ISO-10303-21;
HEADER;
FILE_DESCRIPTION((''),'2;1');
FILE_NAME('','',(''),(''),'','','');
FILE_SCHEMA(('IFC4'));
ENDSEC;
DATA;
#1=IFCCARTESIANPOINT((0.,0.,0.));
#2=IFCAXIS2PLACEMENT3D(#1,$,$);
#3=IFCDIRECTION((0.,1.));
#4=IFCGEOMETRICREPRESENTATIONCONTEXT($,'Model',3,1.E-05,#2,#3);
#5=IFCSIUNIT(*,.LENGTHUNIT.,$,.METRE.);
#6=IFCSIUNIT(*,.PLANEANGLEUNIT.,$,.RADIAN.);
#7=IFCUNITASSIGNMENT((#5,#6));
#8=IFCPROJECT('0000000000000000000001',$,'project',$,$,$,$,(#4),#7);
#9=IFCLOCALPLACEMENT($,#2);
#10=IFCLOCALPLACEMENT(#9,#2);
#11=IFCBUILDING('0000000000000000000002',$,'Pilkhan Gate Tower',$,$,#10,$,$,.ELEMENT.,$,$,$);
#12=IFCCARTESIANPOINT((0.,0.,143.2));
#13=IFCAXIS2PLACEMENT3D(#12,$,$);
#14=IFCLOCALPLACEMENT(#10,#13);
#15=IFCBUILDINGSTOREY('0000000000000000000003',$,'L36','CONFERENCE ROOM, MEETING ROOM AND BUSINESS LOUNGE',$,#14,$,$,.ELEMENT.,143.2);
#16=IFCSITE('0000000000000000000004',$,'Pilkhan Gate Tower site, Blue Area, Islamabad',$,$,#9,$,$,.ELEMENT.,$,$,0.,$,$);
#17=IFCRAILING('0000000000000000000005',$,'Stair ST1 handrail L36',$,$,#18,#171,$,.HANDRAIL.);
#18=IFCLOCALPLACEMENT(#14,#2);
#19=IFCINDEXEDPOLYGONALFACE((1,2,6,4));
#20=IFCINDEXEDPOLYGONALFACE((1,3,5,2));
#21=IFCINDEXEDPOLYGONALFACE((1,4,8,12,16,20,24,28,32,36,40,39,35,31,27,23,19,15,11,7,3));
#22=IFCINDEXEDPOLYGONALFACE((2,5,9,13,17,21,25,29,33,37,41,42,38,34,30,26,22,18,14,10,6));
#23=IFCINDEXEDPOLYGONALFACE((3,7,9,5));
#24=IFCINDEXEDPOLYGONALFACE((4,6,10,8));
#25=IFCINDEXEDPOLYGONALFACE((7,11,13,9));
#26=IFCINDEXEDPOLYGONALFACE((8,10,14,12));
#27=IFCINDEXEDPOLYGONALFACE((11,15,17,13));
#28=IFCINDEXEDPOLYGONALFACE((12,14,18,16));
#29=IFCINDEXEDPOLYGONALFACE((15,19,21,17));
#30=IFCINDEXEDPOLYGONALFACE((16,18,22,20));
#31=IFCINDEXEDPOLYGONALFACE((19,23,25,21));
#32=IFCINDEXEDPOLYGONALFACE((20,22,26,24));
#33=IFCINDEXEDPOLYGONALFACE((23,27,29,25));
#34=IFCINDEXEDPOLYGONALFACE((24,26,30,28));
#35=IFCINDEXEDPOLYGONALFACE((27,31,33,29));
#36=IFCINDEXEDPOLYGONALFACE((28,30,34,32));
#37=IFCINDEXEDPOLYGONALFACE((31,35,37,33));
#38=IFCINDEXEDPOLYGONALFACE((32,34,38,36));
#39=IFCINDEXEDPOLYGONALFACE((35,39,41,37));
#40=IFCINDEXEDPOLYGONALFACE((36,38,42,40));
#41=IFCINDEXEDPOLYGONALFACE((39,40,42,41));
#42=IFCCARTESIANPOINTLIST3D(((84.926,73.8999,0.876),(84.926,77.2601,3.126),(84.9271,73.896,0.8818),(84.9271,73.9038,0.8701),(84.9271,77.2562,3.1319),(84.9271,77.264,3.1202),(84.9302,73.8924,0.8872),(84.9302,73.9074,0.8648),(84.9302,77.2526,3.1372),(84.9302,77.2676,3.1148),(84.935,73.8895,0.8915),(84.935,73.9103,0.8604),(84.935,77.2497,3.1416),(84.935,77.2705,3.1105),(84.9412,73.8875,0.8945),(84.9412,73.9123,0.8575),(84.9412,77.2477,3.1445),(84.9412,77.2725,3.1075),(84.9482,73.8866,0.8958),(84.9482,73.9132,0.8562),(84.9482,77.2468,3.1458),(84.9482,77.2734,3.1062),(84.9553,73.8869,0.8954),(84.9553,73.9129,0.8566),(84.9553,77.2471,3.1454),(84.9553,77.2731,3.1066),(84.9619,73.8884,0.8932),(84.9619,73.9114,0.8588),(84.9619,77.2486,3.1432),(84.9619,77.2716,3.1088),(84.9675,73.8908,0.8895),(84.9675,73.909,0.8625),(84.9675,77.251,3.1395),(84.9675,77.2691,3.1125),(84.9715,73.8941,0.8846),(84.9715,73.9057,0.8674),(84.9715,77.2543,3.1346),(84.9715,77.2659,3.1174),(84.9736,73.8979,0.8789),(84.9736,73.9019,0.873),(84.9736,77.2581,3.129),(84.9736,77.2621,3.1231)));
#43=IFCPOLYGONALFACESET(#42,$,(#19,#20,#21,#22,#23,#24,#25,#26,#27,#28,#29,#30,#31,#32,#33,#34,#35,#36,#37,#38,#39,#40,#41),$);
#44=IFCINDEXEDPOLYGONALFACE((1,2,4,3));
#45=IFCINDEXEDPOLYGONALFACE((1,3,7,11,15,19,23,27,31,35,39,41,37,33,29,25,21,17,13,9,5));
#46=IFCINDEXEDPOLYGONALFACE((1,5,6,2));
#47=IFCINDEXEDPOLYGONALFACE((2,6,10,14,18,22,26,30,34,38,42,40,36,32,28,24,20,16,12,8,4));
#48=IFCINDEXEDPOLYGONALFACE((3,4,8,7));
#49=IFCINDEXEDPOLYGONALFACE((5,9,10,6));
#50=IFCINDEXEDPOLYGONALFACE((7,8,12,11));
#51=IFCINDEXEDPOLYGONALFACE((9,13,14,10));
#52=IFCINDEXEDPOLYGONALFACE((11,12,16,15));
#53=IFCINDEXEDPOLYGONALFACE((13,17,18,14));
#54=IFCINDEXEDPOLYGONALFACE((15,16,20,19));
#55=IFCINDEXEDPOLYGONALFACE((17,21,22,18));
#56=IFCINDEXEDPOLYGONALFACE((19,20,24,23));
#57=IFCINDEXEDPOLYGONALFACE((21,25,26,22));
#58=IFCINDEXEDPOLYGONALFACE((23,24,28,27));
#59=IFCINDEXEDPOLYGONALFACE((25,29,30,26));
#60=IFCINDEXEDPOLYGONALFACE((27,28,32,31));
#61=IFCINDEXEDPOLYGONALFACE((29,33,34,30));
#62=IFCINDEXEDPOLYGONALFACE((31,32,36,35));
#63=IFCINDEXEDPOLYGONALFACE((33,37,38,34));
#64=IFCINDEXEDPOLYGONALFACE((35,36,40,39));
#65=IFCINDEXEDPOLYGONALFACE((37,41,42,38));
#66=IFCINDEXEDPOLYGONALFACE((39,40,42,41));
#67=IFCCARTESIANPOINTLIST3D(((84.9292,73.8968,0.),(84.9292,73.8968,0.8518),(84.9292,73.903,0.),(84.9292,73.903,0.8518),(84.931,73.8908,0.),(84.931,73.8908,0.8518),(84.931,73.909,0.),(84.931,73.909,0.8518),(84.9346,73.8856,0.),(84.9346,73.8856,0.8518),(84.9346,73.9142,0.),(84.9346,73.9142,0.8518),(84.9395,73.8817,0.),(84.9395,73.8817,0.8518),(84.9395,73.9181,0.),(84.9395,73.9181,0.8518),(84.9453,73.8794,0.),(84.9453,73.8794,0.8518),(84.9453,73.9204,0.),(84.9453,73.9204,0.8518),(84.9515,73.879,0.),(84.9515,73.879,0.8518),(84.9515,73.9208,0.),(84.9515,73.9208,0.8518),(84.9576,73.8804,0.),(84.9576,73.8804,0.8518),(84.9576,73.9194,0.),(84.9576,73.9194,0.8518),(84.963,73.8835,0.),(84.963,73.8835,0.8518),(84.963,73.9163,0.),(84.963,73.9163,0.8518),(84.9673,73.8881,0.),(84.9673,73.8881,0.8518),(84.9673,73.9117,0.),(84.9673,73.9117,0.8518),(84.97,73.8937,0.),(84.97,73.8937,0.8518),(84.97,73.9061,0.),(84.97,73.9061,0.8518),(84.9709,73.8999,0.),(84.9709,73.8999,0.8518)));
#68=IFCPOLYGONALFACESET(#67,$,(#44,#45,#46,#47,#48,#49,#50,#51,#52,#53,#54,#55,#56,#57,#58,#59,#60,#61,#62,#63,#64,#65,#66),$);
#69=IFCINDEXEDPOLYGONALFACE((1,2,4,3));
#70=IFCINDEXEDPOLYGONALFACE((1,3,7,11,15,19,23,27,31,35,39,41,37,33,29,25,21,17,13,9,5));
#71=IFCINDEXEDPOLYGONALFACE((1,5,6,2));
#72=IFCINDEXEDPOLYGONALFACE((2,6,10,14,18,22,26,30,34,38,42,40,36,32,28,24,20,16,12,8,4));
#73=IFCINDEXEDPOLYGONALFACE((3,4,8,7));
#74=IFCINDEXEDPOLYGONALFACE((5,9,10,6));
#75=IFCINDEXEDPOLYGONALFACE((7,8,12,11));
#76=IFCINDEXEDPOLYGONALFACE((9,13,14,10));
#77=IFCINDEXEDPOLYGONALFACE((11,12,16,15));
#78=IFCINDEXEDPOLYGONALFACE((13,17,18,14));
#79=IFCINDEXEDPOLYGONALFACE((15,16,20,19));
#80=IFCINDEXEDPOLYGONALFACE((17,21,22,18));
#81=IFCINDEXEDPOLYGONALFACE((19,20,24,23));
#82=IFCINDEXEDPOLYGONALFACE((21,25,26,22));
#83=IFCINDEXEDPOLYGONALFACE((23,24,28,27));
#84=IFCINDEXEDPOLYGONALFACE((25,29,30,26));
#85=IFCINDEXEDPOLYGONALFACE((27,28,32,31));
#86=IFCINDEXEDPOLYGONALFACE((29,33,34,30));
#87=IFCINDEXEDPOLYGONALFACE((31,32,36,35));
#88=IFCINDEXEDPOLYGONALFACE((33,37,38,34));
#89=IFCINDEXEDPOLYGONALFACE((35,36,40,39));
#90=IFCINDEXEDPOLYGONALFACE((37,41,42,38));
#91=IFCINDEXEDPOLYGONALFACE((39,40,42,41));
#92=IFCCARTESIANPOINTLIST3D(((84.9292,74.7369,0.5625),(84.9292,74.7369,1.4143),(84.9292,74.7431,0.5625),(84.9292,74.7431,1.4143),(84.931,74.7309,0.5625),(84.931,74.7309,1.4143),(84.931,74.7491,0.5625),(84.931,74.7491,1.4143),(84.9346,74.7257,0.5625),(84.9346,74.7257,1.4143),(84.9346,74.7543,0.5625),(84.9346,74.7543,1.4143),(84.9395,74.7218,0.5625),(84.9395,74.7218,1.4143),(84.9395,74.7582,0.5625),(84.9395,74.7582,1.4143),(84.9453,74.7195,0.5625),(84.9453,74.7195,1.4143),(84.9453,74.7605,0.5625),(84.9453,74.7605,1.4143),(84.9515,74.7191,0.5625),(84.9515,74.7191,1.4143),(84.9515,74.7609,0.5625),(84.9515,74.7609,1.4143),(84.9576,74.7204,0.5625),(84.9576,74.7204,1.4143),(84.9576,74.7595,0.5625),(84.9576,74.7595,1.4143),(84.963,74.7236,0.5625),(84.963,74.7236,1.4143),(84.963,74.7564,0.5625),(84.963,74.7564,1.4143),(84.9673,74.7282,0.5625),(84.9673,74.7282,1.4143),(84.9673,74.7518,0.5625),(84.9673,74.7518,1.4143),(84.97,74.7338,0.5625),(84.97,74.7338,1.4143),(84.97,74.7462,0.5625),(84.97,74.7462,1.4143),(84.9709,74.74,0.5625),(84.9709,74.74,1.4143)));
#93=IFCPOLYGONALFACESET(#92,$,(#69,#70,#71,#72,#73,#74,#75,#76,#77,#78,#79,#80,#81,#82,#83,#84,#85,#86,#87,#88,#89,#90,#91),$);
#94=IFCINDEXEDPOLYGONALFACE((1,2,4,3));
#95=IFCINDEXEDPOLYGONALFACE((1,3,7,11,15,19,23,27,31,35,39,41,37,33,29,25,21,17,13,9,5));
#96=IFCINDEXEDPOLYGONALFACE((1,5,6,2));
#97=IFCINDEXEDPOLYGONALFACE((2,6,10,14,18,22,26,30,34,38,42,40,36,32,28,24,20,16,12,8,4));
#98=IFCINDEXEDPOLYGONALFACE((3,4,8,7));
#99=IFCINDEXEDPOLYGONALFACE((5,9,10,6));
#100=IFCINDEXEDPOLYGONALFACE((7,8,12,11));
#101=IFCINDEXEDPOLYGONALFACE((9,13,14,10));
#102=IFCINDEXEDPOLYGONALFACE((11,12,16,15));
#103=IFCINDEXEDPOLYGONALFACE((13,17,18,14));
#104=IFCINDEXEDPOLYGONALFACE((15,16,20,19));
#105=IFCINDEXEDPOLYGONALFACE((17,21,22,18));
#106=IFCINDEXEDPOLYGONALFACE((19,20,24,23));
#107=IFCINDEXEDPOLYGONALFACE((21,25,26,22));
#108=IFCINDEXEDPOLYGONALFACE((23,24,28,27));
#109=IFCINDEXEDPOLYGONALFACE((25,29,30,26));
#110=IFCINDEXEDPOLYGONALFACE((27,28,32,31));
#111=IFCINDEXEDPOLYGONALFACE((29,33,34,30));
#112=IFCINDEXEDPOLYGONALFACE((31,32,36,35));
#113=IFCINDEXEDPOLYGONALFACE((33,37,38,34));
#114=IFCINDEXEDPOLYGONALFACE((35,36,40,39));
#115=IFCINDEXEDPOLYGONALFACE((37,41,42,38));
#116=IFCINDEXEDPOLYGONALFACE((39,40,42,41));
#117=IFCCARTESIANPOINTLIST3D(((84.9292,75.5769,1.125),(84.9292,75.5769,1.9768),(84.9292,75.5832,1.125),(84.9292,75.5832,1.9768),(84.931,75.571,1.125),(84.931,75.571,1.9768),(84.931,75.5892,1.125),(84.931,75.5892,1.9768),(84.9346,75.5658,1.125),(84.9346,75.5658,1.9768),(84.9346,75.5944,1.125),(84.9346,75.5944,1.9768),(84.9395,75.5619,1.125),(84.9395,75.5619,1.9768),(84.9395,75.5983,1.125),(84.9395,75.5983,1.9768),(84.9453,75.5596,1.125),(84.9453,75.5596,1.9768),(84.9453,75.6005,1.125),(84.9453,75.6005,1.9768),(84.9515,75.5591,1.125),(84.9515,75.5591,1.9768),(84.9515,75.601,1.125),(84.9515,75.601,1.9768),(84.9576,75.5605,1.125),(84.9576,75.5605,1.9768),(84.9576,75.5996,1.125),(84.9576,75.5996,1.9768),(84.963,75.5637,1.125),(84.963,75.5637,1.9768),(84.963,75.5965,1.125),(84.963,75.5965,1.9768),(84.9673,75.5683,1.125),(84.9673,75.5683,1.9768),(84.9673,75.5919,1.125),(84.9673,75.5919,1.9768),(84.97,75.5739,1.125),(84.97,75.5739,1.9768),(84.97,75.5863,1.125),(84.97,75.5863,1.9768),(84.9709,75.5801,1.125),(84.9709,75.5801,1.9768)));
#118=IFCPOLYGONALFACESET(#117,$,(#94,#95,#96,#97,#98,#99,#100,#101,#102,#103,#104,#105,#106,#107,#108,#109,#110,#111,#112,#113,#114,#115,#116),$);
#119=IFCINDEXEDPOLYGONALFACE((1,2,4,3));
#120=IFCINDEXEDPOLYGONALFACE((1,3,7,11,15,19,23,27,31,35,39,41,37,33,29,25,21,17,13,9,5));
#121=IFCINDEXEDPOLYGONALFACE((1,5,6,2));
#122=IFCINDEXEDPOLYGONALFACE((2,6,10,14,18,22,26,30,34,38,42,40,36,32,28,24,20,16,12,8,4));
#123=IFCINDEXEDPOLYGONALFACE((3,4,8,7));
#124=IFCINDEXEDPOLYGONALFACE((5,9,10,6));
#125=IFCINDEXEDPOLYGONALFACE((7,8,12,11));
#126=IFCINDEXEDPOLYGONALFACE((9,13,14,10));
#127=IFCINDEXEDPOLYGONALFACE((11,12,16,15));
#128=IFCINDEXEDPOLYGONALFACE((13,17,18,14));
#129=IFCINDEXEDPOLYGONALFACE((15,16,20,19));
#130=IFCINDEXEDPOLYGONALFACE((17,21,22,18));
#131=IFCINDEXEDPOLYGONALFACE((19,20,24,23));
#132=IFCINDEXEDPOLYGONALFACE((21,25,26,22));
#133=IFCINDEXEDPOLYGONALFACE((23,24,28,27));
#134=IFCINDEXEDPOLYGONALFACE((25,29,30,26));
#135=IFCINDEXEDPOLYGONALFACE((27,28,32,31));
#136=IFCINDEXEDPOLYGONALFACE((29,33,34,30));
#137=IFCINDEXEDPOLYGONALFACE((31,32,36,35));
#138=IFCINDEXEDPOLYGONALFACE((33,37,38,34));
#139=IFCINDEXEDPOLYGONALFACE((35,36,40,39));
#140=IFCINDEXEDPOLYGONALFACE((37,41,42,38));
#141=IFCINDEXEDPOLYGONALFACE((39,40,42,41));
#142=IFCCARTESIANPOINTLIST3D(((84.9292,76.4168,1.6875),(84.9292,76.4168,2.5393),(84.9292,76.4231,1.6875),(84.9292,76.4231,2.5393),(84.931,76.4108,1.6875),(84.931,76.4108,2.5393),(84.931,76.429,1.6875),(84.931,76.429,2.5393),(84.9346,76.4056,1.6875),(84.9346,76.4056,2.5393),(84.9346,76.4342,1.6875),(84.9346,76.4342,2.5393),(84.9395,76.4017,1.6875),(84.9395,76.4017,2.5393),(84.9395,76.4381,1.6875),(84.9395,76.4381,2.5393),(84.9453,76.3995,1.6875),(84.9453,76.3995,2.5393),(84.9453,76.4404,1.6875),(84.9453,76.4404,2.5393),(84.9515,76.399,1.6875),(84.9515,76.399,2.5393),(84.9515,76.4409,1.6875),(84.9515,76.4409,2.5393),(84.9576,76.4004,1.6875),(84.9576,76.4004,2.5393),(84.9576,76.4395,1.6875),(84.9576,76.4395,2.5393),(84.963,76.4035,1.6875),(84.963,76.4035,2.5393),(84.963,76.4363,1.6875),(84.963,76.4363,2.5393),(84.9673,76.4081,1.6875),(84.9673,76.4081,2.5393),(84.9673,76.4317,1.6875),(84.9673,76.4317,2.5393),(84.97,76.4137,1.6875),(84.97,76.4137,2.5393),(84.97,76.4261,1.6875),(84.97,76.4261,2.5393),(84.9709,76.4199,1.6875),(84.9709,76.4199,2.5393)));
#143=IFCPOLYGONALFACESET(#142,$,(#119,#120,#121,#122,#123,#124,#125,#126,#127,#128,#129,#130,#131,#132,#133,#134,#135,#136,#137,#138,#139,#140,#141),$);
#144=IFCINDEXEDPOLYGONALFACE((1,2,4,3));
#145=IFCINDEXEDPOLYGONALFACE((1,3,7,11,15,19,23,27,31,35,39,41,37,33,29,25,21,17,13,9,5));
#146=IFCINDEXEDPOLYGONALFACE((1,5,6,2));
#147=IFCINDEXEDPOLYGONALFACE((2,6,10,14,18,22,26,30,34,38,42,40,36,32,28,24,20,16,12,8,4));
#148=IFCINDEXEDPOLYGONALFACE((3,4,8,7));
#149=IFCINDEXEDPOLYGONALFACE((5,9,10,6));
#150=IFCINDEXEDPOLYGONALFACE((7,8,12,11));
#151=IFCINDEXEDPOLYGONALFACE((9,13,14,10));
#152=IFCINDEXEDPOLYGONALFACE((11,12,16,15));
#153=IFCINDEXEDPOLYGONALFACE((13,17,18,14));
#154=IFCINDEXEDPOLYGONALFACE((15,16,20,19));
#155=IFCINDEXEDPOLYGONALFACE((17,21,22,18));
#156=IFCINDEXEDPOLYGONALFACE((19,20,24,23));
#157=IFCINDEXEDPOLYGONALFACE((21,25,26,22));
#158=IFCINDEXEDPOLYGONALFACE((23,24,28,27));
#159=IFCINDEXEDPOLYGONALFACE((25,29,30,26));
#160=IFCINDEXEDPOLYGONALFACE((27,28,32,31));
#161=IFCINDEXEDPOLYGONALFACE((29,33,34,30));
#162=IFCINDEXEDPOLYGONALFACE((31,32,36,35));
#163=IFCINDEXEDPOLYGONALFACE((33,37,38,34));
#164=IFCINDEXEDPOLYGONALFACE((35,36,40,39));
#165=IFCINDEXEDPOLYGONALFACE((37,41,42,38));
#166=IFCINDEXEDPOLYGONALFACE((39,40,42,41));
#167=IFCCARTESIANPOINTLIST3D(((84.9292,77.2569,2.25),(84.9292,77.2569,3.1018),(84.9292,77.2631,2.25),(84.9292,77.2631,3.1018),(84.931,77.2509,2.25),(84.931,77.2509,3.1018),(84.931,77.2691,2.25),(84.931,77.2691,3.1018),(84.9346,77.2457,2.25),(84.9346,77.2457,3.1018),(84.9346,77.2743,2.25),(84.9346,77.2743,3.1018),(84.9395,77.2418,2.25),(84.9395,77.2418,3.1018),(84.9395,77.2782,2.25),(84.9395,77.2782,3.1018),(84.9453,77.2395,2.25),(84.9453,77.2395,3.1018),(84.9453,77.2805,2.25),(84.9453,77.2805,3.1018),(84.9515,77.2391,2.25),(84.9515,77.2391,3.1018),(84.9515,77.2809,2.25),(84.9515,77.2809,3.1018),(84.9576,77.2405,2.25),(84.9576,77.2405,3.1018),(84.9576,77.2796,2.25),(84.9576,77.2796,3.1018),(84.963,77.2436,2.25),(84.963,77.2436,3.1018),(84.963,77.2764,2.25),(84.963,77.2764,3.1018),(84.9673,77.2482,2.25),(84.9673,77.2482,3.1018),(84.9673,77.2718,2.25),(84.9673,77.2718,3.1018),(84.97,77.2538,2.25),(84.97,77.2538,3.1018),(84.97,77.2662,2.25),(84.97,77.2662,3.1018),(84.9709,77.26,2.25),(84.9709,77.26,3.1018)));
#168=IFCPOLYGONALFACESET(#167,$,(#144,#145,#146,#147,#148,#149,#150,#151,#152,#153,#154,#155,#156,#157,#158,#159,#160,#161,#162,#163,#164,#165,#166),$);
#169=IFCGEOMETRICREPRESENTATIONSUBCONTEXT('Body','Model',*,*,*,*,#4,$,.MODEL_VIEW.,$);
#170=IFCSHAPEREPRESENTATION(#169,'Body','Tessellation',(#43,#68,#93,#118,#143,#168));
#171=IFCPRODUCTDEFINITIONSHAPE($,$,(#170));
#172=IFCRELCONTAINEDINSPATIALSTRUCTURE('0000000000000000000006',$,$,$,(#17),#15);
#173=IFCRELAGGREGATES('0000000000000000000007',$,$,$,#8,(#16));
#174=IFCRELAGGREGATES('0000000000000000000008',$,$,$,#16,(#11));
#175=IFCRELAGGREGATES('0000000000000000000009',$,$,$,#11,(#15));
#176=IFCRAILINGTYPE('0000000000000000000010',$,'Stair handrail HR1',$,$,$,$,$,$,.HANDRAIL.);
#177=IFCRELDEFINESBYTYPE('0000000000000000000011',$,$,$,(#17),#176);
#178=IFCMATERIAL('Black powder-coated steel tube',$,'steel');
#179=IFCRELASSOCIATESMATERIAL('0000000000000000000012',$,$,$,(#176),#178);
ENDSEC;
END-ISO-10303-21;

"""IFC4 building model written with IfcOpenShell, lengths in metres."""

from ifc_helpers import new_model, si_unit, direction, frame, origin, origin_2d, place, context, subcontext, project, spatial, circle, extrude, material, type_object, element, save


model = new_model("IFC4")

# Units and contexts
model_context = context("Model", 3, precision=1e-05, world=origin(), true_north=direction((0.0, 1.0)))
body_context = subcontext(model_context, "Body", "Model", "MODEL_VIEW")
ifc_project = project(units=[si_unit("LENGTHUNIT", "METRE"), si_unit("PLANEANGLEUNIT", "RADIAN")], contexts=[model_context])

# Site, building, storey
site_placement = place(None, origin())
site = spatial("IfcSite", under=ifc_project, at=site_placement, Name="Pilkhan Gate Tower site, Blue Area, Islamabad", CompositionType="ELEMENT", RefElevation=0.0)
building_placement = place(site_placement, origin())
building = spatial("IfcBuilding", under=site, at=building_placement, Name="Pilkhan Gate Tower", CompositionType="ELEMENT")
storey_placement = place(building_placement, frame((0.0, 0.0, 143.2)))
storey = spatial("IfcBuildingStorey", under=building, at=storey_placement, Name="L36", Description="CONFERENCE ROOM, MEETING ROOM AND BUSINESS LOUNGE", CompositionType="ELEMENT", Elevation=143.2)

# Railing
ifc_material_1 = material(Name="Black powder-coated steel tube", Category="steel")
railing_type_1 = type_object("IfcRailingType", Name="Stair handrail HR1", PredefinedType="HANDRAIL", material=ifc_material_1)
railing_1_placement = place(storey_placement, frame((84.95, 73.8999, 0.0)))
element("IfcRailing", 1, at=railing_1_placement, inside=storey, type_object=railing_type_1, Name="Stair ST1 handrail L36", PredefinedType="HANDRAIL", context=body_context, shape_type="SweptSolid", body=[
    extrude(circle(Radius=0.0239, at=origin_2d()), frame((0.0, 0.0, 0.876), z_axis=(0.0, 0.830915, 0.556399), x_axis=(-1.0, 0.0, 0.0)), (0.0, 0.0, 1.0), 4.0439),
    extrude(circle(Radius=0.021, at=origin_2d()), origin(), (0.0, 0.0, 1.0), 0.8518),
    extrude(circle(Radius=0.021, at=origin_2d()), frame((0.0, 0.8401, 0.5625)), (0.0, 0.0, 1.0), 0.8518),
    extrude(circle(Radius=0.021, at=origin_2d()), frame((0.0, 1.6802, 1.125)), (0.0, 0.0, 1.0), 0.8518),
    extrude(circle(Radius=0.021, at=origin_2d()), frame((0.0, 2.52, 1.6875)), (0.0, 0.0, 1.0), 0.8518),
    extrude(circle(Radius=0.021, at=origin_2d()), frame((0.0, 3.3601, 2.25)), (0.0, 0.0, 1.0), 0.8518),
])

save(model, "model.ifc")
